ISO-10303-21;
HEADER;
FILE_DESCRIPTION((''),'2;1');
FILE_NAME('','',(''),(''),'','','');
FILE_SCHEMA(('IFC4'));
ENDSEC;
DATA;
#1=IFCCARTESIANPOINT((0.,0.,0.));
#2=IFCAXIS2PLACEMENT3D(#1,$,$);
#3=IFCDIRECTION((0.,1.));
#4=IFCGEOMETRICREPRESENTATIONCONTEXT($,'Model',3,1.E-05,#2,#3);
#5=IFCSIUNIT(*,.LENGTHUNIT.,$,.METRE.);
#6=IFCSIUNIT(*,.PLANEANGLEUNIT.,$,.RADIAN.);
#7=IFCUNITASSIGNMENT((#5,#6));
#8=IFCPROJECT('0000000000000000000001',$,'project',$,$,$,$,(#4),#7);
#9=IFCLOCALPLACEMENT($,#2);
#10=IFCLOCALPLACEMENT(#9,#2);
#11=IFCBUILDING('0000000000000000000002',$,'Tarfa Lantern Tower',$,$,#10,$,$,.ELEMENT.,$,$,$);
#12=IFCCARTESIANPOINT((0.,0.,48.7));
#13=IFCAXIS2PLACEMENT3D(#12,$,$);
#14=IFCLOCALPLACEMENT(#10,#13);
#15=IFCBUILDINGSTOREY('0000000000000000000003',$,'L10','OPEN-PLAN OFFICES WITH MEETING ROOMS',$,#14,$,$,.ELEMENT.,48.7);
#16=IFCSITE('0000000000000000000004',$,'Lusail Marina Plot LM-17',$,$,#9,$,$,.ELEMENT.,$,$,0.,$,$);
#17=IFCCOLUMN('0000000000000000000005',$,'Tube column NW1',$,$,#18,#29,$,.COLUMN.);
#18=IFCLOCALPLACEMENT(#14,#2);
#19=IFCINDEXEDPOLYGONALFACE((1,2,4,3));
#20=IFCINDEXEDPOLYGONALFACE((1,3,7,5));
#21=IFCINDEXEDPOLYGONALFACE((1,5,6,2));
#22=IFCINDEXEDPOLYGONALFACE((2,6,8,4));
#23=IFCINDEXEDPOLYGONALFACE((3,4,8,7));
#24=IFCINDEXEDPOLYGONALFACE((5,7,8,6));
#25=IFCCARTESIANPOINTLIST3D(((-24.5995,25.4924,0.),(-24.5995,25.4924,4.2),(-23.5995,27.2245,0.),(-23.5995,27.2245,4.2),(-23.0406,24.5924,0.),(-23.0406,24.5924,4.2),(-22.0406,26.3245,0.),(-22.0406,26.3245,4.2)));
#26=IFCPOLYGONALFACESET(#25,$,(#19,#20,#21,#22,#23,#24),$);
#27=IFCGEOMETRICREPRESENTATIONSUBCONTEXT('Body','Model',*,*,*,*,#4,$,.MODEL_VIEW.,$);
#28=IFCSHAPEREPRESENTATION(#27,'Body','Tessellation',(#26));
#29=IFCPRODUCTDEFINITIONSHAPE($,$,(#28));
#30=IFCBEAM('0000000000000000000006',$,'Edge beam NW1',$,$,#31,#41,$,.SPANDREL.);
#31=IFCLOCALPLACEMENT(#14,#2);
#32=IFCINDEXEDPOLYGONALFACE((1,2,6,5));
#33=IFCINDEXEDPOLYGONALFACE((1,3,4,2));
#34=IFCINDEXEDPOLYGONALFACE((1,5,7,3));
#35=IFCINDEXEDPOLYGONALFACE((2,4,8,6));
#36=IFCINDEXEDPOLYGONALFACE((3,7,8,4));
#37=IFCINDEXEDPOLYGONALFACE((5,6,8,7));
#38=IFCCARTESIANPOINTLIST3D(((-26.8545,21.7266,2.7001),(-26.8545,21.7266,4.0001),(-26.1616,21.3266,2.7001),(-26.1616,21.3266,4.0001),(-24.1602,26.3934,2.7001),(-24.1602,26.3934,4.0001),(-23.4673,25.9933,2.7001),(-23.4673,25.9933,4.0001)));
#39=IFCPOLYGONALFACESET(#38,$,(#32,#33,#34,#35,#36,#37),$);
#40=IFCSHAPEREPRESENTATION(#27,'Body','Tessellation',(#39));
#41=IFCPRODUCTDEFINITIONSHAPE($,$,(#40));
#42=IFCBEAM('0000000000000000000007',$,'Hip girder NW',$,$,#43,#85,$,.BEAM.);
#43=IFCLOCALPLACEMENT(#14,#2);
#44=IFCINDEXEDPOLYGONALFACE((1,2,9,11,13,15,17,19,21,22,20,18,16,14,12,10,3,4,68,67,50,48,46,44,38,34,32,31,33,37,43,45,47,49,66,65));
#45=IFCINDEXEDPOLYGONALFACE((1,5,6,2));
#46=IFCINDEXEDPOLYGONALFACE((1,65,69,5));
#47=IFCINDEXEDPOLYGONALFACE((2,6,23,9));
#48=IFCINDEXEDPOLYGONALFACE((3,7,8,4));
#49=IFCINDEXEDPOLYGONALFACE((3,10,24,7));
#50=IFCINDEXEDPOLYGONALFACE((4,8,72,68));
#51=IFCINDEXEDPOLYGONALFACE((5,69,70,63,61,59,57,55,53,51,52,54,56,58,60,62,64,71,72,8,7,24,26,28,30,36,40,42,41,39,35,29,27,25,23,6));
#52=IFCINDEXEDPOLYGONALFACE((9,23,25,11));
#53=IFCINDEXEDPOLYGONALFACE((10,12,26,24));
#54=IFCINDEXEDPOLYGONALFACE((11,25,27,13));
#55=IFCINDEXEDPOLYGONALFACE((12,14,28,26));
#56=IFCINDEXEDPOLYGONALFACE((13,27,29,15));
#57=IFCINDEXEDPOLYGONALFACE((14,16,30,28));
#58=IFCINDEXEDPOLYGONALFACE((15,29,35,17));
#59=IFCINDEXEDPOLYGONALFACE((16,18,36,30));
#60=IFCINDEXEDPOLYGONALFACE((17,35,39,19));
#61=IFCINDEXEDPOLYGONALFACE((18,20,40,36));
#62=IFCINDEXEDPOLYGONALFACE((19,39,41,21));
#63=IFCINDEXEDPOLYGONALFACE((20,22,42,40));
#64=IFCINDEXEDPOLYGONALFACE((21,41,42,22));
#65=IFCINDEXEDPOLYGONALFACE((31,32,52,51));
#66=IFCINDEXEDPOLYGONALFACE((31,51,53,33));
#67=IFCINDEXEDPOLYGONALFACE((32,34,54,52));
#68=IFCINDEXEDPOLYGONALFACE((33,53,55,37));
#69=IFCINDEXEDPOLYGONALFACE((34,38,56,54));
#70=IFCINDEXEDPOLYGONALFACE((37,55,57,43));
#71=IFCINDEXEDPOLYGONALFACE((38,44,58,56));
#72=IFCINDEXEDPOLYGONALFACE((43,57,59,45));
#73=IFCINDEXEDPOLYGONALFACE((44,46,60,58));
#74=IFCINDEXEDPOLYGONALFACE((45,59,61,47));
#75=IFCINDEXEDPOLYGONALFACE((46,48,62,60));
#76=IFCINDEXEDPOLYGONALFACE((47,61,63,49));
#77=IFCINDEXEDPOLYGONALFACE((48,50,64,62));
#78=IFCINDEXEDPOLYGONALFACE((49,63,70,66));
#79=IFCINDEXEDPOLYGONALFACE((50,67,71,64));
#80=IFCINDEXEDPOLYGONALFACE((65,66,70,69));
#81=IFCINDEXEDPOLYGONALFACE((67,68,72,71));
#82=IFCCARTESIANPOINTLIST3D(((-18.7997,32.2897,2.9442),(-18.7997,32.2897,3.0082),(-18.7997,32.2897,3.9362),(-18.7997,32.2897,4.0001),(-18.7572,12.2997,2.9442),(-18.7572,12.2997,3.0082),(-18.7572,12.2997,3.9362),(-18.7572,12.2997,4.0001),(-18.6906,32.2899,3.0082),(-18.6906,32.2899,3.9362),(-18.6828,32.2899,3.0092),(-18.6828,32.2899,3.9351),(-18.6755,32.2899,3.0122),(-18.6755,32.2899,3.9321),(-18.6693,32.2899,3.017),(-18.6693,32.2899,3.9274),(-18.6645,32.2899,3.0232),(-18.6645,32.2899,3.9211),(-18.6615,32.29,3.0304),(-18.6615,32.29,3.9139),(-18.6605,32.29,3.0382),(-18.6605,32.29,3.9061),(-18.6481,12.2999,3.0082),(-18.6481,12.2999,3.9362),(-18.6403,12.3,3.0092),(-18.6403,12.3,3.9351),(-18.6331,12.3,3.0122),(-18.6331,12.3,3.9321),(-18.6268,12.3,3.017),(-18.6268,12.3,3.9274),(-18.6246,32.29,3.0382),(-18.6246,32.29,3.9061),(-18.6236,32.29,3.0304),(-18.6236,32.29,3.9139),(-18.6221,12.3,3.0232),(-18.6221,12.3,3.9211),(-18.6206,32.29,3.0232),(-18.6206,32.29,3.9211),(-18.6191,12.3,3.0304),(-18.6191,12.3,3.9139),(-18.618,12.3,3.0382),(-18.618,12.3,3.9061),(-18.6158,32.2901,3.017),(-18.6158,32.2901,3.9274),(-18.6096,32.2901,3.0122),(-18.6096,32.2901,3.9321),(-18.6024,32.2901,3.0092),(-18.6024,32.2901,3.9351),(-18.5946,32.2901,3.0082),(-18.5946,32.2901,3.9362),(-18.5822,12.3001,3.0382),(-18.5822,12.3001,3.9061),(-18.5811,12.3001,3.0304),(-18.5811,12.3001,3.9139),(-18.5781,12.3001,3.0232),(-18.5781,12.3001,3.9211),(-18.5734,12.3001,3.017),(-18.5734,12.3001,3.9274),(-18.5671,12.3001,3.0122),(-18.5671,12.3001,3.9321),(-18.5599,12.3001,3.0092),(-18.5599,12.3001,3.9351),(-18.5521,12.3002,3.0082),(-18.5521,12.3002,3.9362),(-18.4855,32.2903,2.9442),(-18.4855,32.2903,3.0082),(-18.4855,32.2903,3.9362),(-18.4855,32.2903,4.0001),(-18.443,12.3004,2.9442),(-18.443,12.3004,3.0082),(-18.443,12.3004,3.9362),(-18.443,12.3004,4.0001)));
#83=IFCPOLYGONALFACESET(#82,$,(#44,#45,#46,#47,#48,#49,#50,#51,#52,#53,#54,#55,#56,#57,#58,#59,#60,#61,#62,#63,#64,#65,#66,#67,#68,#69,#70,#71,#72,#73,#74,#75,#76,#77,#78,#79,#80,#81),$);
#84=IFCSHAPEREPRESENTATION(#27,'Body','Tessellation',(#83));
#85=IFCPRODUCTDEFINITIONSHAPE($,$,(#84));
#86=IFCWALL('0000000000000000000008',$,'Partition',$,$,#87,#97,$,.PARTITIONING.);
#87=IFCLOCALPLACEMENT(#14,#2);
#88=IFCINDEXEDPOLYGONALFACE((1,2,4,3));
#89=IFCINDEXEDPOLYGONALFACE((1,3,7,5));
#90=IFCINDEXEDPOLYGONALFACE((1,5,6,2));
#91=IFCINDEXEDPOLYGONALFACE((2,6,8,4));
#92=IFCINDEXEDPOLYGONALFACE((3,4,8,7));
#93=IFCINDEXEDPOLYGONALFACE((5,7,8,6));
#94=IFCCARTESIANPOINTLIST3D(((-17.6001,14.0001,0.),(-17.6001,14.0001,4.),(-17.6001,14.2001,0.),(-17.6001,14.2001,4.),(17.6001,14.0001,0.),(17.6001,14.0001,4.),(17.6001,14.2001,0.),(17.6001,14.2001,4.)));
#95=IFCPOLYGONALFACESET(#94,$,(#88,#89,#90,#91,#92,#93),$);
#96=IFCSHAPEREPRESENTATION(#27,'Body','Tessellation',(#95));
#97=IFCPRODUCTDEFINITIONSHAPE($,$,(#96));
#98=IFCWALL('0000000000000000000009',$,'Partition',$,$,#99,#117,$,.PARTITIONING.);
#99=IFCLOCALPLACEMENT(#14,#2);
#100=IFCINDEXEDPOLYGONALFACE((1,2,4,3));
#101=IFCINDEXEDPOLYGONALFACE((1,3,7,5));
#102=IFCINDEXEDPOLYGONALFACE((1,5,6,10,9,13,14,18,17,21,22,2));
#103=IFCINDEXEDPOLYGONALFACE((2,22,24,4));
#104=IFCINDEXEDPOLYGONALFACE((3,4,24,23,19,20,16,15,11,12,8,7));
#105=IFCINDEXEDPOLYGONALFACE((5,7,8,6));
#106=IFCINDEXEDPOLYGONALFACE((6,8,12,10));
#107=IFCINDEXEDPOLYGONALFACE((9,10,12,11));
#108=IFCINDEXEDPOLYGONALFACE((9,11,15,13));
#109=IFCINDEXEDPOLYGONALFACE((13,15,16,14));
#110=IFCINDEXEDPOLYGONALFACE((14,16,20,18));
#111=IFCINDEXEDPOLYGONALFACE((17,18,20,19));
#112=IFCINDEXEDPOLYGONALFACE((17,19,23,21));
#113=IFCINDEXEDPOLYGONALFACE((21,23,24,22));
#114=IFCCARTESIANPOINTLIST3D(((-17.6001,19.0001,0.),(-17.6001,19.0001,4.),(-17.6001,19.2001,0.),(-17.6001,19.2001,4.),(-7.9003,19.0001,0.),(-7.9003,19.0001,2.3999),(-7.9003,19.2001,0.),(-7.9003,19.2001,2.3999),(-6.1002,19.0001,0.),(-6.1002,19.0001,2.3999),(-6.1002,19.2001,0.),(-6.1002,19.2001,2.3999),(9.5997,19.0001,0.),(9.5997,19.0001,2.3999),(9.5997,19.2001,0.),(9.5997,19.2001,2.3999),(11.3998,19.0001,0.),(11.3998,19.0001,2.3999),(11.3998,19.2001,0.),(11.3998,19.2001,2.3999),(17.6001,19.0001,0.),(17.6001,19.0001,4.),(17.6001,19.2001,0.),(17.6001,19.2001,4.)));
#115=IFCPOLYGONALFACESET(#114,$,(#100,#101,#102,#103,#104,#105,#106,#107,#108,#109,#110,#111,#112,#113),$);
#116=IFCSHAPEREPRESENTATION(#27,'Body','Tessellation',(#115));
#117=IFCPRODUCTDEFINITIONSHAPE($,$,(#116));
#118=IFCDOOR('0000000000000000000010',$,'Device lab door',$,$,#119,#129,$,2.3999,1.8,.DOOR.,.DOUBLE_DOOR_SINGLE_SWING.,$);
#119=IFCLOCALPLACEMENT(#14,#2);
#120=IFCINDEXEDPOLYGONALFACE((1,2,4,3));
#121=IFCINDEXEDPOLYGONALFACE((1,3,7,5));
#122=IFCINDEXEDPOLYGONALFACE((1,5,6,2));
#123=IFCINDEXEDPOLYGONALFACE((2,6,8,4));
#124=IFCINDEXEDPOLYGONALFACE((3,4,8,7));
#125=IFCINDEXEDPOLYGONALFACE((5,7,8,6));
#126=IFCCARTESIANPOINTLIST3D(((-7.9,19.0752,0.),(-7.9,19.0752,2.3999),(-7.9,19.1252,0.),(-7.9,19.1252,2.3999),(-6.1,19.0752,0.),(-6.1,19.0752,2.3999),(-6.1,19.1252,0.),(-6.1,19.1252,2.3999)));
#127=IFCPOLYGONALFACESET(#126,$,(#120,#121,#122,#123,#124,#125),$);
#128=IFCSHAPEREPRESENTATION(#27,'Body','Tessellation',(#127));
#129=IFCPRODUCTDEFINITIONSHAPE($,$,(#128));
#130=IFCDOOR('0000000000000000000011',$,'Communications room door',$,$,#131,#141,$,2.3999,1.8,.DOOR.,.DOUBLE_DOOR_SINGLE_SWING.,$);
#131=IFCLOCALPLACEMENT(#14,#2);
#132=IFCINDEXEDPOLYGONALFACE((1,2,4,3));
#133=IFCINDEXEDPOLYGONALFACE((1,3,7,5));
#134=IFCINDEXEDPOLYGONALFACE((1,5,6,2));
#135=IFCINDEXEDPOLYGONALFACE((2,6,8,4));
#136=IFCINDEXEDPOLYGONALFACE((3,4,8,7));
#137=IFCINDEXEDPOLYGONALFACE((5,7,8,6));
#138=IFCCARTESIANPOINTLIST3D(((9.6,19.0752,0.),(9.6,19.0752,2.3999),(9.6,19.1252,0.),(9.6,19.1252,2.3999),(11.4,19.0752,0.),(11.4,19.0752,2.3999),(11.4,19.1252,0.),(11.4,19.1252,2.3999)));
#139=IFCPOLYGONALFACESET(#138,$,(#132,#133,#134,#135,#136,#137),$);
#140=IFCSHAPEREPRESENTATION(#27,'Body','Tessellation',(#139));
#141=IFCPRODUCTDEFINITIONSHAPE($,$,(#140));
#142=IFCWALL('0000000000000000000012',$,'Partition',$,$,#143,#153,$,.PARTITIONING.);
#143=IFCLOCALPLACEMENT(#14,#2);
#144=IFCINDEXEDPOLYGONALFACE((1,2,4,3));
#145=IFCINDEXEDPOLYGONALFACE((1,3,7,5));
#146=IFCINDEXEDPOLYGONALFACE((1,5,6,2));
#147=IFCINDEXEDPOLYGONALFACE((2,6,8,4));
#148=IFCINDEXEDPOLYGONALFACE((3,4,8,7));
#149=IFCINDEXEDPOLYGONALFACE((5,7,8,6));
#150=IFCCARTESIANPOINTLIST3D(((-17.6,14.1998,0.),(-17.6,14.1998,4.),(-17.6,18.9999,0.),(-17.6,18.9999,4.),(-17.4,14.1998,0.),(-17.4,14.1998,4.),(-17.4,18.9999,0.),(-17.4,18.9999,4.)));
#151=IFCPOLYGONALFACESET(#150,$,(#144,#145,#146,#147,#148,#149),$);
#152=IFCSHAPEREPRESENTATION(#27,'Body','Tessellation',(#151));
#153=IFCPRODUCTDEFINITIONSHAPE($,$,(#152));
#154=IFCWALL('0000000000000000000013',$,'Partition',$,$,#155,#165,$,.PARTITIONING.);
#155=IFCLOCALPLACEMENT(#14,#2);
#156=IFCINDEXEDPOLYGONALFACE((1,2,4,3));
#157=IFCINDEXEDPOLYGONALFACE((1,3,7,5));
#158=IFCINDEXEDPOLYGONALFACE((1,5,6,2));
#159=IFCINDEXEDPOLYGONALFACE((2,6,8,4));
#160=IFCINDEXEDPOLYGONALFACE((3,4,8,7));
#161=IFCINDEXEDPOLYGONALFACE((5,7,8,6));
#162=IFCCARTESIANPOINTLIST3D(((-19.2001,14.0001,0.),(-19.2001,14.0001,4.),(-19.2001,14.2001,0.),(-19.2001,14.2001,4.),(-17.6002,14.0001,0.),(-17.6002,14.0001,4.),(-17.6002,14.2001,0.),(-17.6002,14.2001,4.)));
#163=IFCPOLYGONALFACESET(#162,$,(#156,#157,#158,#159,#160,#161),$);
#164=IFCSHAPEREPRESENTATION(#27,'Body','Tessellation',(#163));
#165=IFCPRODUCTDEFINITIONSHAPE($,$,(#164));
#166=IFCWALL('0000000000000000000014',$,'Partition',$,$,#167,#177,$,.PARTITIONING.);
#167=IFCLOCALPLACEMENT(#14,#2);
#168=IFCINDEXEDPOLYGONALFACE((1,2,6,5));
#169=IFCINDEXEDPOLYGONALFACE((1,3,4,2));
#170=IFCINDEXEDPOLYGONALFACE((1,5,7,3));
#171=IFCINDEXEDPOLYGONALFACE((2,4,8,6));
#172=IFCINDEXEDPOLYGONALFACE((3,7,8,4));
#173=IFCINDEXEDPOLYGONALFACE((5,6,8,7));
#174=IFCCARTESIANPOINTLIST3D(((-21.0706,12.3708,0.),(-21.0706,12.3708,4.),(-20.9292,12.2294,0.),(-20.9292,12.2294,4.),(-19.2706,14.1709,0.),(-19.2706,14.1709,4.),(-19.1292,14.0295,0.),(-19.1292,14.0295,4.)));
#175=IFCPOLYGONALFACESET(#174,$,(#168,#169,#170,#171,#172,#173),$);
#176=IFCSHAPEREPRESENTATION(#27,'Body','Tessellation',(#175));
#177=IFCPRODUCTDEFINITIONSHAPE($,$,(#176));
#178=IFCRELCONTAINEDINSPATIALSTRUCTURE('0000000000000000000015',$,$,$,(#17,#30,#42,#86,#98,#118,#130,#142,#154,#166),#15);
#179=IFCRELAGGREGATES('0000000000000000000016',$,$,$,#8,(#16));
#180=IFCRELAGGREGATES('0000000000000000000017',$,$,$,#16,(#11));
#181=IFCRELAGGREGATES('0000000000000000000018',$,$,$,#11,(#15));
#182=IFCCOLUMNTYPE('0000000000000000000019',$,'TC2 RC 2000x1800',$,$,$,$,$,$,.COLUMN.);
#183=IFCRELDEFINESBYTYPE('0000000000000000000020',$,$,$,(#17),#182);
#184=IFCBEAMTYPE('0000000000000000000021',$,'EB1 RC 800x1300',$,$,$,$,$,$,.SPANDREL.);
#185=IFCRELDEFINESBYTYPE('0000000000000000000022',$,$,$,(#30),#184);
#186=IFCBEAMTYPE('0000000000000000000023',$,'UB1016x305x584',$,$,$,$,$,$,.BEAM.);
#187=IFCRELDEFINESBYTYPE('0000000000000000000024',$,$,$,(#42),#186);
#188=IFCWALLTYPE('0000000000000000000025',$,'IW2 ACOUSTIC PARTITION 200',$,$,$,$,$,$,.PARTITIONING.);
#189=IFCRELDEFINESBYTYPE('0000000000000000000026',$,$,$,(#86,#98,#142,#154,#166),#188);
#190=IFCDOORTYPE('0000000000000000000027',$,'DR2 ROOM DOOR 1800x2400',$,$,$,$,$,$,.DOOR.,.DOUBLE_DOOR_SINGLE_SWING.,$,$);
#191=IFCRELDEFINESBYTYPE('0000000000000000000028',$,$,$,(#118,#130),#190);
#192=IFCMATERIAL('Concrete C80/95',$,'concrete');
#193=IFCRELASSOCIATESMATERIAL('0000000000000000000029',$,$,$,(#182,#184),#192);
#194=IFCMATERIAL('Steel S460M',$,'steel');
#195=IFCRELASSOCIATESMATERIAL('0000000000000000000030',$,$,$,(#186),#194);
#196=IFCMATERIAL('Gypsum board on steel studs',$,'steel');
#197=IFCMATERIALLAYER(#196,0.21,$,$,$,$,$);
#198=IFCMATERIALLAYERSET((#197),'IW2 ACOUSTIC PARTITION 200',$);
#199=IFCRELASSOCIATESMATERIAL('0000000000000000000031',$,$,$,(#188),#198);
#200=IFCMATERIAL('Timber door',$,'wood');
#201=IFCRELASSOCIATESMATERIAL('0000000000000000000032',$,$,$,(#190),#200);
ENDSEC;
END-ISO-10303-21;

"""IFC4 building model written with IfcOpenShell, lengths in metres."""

from ifc_helpers import new_model, si_unit, direction, frame, frame_2d, origin, origin_2d, place, context, subcontext, project, spatial, rectangle, i_section, extrude, material, layer, layer_set, material_profile, profile_set, type_object, element, fill, save


model = new_model("IFC4")

# Units and contexts
model_context = context("Model", 3, precision=1e-05, world=origin(), true_north=direction((0.0, 1.0)))
body_context = subcontext(model_context, "Body", "Model", "MODEL_VIEW")
ifc_project = project(units=[si_unit("LENGTHUNIT", "METRE"), si_unit("PLANEANGLEUNIT", "RADIAN")], contexts=[model_context])

# Site, building, storey
site_placement = place(None, origin())
site = spatial("IfcSite", under=ifc_project, at=site_placement, Name="Lusail Marina Plot LM-17", CompositionType="ELEMENT", RefElevation=0.0)
building_placement = place(site_placement, origin())
building = spatial("IfcBuilding", under=site, at=building_placement, Name="Tarfa Lantern Tower", CompositionType="ELEMENT")
storey_placement = place(building_placement, frame((0.0, 0.0, 48.7)))
storey = spatial("IfcBuildingStorey", under=building, at=storey_placement, Name="L10", Description="OPEN-PLAN OFFICES WITH MEETING ROOMS", CompositionType="ELEMENT", Elevation=48.7)

# Column
ifc_material_1 = material(Name="Concrete C80/95", Category="concrete")
ifc_material_profile_1 = material_profile(ifc_material_1, rectangle(XDim=2.0, YDim=1.8, at=origin_2d()), Name="RC 2000x1800")
ifc_profile_set_1 = profile_set([ifc_material_profile_1], Name="Concrete C80/95")
column_type = type_object("IfcColumnType", Name="TC2 RC 2000x1800", PredefinedType="COLUMN", material=ifc_profile_set_1)
column_placement = place(storey_placement, frame((-23.3201, 25.9084, 0.0), z_axis=(0.0, 0.0, 1.0), x_axis=(-0.5, -0.866025, 0.0)))
element("IfcColumn", 1, at=column_placement, inside=storey, type_object=column_type, Name="Tube column NW1", PredefinedType="COLUMN", context=body_context, shape_type="SweptSolid", body=[
    extrude(rectangle(XDim=2.0, YDim=1.8, at=origin_2d()), origin(), (0.0, 0.0, 1.0), 4.2),
])

# Beams
ifc_material_profile_2 = material_profile(ifc_material_1, rectangle(XDim=0.8, YDim=1.3, at=origin_2d()), Name="RC 800x1300")
ifc_profile_set_2 = profile_set([ifc_material_profile_2], Name="Concrete C80/95")
beam_type_1 = type_object("IfcBeamType", Name="EB1 RC 800x1300", PredefinedType="SPANDREL", material=ifc_profile_set_2)
beam_1_placement = place(storey_placement, frame((-23.8137, 26.1934, 3.3501), z_axis=(-0.499998, -0.866026, 0.0), x_axis=(0.866026, -0.499998, 0.0)))
element("IfcBeam", 2, at=beam_1_placement, inside=storey, type_object=beam_type_1, Name="Edge beam NW1", PredefinedType="SPANDREL", context=body_context, shape_type="SweptSolid", body=[
    extrude(rectangle(XDim=0.8, YDim=1.3, at=origin_2d()), origin(), (0.0, 0.0, 1.0), 5.3887),
])
ifc_material_2 = material(Name="Steel S460M", Category="steel")
ifc_material_profile_3 = material_profile(ifc_material_2, i_section(OverallWidth=0.3142, OverallDepth=1.0559, WebThickness=0.0359, FlangeThickness=0.064, FilletRadius=0.03, at=origin_2d()), Name="UB1016x305x584")
ifc_profile_set_3 = profile_set([ifc_material_profile_3], Name="Steel S460M")
beam_type_2 = type_object("IfcBeamType", Name="UB1016x305x584", PredefinedType="BEAM", material=ifc_profile_set_3)
beam_2_placement = place(storey_placement, frame((-18.6001, 12.3, 3.4722), z_axis=(-0.002125, 0.999998, 0.0), x_axis=(-0.999998, -0.002125, 0.0)))
element("IfcBeam", 3, at=beam_2_placement, inside=storey, type_object=beam_type_2, Name="Hip girder NW", PredefinedType="BEAM", context=body_context, shape_type="SweptSolid", body=[
    extrude(i_section(OverallWidth=0.3142, OverallDepth=1.0559, WebThickness=0.0359, FlangeThickness=0.064, FilletRadius=0.03, at=origin_2d()), origin(), (0.0, 0.0, 1.0), 19.99),
])

# Wall
ifc_material_3 = material(Name="Gypsum board on steel studs", Category="steel")
ifc_layer_1 = layer(ifc_material_3, 0.21)
ifc_layer_set_1 = layer_set([ifc_layer_1], Name="IW2 ACOUSTIC PARTITION 200")
wall_type_1 = type_object("IfcWallType", Name="IW2 ACOUSTIC PARTITION 200", PredefinedType="PARTITIONING", material=ifc_layer_set_1)
wall_1_placement = place(storey_placement, frame((-17.6001, 14.1001, 0.0), z_axis=(0.0, 0.0, 1.0), x_axis=(1.0, 0.0, 0.0)))
element("IfcWall", 4, at=wall_1_placement, inside=storey, type_object=wall_type_1, Name="Partition", PredefinedType="PARTITIONING", context=body_context, shape_type="SweptSolid", body=[
    extrude(rectangle(XDim=35.2002, YDim=0.2, at=frame_2d((17.6001, 0.0))), origin(), (0.0, 0.0, 1.0), 4.0),
])

# Wall, openings, doors
wall_2_placement = place(storey_placement, frame((-17.6001, 19.1001, 0.0), z_axis=(0.0, 0.0, 1.0), x_axis=(1.0, 0.0, 0.0)))
wall_2 = element("IfcWall", 5, at=wall_2_placement, inside=storey, type_object=wall_type_1, Name="Partition", PredefinedType="PARTITIONING", context=body_context, shape_type="SweptSolid", body=[
    extrude(rectangle(XDim=35.2002, YDim=0.2, at=frame_2d((17.6001, 0.0))), origin(), (0.0, 0.0, 1.0), 4.0),
])
opening_1_placement = place(wall_2_placement, frame((9.7, 0.0, 0.0)))
opening_1 = element("IfcOpeningElement", 6, at=opening_1_placement, cuts=wall_2, PredefinedType="OPENING", context=body_context, shape_type="SweptSolid", body=[
    extrude(rectangle(XDim=1.8, YDim=2.3999, at=frame_2d((0.8999, 1.2))), frame((0.0, 0.1099, 0.0), z_axis=(0.0, -1.0, 0.0), x_axis=(1.0, 0.0, 0.0)), (0.0, 0.0, 1.0), 0.22),
])
opening_2_placement = place(wall_2_placement, frame((27.2, 0.0, 0.0)))
opening_2 = element("IfcOpeningElement", 7, at=opening_2_placement, cuts=wall_2, PredefinedType="OPENING", context=body_context, shape_type="SweptSolid", body=[
    extrude(rectangle(XDim=1.8, YDim=2.3999, at=frame_2d((0.8999, 1.2))), frame((0.0, 0.1099, 0.0), z_axis=(0.0, -1.0, 0.0), x_axis=(1.0, 0.0, 0.0)), (0.0, 0.0, 1.0), 0.22),
])
ifc_material_4 = material(Name="Timber door", Category="wood")
door_type_1 = type_object("IfcDoorType", Name="DR2 ROOM DOOR 1800x2400", OperationType="DOUBLE_DOOR_SINGLE_SWING", PredefinedType="DOOR", material=ifc_material_4)
door_1_placement = place(opening_1_placement, frame((1.8, 0.0, 0.0), z_axis=(0.0, 0.0, 1.0), x_axis=(-1.0, 0.0, 0.0)))
door_1 = element("IfcDoor", 8, at=door_1_placement, inside=storey, type_object=door_type_1, Name="Device lab door", OperationType="DOUBLE_DOOR_SINGLE_SWING", OverallHeight=2.3999, OverallWidth=1.8, PredefinedType="DOOR", context=body_context, shape_type="SweptSolid", body=[
    extrude(rectangle(XDim=1.8, YDim=2.3999, at=frame_2d((0.8999, 1.2))), frame((0.0, 0.0249, 0.0), z_axis=(0.0, -1.0, 0.0), x_axis=(1.0, 0.0, 0.0)), (0.0, 0.0, 1.0), 0.05),
])
fill(opening_1, door_1)
door_2_placement = place(opening_2_placement, frame((1.8, 0.0, 0.0), z_axis=(0.0, 0.0, 1.0), x_axis=(-1.0, 0.0, 0.0)))
door_2 = element("IfcDoor", 9, at=door_2_placement, inside=storey, type_object=door_type_1, Name="Communications room door", OperationType="DOUBLE_DOOR_SINGLE_SWING", OverallHeight=2.3999, OverallWidth=1.8, PredefinedType="DOOR", context=body_context, shape_type="SweptSolid", body=[
    extrude(rectangle(XDim=1.8, YDim=2.3999, at=frame_2d((0.8999, 1.2))), frame((0.0, 0.0249, 0.0), z_axis=(0.0, -1.0, 0.0), x_axis=(1.0, 0.0, 0.0)), (0.0, 0.0, 1.0), 0.05),
])
fill(opening_2, door_2)

# Walls
wall_3_placement = place(storey_placement, frame((-17.5, 14.2, 0.0), z_axis=(0.0, 0.0, 1.0), x_axis=(0.0, 1.0, 0.0)))
element("IfcWall", 10, at=wall_3_placement, inside=storey, type_object=wall_type_1, Name="Partition", PredefinedType="PARTITIONING", context=body_context, shape_type="SweptSolid", body=[
    extrude(rectangle(XDim=4.8, YDim=0.2, at=frame_2d((2.3999, 0.0))), origin(), (0.0, 0.0, 1.0), 4.0),
])
wall_4_placement = place(storey_placement, frame((-19.2, 14.1001, 0.0), z_axis=(0.0, 0.0, 1.0), x_axis=(1.0, 0.0, 0.0)))
element("IfcWall", 11, at=wall_4_placement, inside=storey, type_object=wall_type_1, Name="Partition", PredefinedType="PARTITIONING", context=body_context, shape_type="SweptSolid", body=[
    extrude(rectangle(XDim=1.5999, YDim=0.2, at=frame_2d((0.7998, 0.0))), origin(), (0.0, 0.0, 1.0), 4.0),
])
wall_5_placement = place(storey_placement, frame((-21.0, 12.3, 0.0), z_axis=(0.0, 0.0, 1.0), x_axis=(0.707107, 0.707107, 0.0)))
element("IfcWall", 12, at=wall_5_placement, inside=storey, type_object=wall_type_1, Name="Partition", PredefinedType="PARTITIONING", context=body_context, shape_type="SweptSolid", body=[
    extrude(rectangle(XDim=2.5457, YDim=0.2, at=frame_2d((1.2729, 0.0))), origin(), (0.0, 0.0, 1.0), 4.0),
])

save(model, "model.ifc")
